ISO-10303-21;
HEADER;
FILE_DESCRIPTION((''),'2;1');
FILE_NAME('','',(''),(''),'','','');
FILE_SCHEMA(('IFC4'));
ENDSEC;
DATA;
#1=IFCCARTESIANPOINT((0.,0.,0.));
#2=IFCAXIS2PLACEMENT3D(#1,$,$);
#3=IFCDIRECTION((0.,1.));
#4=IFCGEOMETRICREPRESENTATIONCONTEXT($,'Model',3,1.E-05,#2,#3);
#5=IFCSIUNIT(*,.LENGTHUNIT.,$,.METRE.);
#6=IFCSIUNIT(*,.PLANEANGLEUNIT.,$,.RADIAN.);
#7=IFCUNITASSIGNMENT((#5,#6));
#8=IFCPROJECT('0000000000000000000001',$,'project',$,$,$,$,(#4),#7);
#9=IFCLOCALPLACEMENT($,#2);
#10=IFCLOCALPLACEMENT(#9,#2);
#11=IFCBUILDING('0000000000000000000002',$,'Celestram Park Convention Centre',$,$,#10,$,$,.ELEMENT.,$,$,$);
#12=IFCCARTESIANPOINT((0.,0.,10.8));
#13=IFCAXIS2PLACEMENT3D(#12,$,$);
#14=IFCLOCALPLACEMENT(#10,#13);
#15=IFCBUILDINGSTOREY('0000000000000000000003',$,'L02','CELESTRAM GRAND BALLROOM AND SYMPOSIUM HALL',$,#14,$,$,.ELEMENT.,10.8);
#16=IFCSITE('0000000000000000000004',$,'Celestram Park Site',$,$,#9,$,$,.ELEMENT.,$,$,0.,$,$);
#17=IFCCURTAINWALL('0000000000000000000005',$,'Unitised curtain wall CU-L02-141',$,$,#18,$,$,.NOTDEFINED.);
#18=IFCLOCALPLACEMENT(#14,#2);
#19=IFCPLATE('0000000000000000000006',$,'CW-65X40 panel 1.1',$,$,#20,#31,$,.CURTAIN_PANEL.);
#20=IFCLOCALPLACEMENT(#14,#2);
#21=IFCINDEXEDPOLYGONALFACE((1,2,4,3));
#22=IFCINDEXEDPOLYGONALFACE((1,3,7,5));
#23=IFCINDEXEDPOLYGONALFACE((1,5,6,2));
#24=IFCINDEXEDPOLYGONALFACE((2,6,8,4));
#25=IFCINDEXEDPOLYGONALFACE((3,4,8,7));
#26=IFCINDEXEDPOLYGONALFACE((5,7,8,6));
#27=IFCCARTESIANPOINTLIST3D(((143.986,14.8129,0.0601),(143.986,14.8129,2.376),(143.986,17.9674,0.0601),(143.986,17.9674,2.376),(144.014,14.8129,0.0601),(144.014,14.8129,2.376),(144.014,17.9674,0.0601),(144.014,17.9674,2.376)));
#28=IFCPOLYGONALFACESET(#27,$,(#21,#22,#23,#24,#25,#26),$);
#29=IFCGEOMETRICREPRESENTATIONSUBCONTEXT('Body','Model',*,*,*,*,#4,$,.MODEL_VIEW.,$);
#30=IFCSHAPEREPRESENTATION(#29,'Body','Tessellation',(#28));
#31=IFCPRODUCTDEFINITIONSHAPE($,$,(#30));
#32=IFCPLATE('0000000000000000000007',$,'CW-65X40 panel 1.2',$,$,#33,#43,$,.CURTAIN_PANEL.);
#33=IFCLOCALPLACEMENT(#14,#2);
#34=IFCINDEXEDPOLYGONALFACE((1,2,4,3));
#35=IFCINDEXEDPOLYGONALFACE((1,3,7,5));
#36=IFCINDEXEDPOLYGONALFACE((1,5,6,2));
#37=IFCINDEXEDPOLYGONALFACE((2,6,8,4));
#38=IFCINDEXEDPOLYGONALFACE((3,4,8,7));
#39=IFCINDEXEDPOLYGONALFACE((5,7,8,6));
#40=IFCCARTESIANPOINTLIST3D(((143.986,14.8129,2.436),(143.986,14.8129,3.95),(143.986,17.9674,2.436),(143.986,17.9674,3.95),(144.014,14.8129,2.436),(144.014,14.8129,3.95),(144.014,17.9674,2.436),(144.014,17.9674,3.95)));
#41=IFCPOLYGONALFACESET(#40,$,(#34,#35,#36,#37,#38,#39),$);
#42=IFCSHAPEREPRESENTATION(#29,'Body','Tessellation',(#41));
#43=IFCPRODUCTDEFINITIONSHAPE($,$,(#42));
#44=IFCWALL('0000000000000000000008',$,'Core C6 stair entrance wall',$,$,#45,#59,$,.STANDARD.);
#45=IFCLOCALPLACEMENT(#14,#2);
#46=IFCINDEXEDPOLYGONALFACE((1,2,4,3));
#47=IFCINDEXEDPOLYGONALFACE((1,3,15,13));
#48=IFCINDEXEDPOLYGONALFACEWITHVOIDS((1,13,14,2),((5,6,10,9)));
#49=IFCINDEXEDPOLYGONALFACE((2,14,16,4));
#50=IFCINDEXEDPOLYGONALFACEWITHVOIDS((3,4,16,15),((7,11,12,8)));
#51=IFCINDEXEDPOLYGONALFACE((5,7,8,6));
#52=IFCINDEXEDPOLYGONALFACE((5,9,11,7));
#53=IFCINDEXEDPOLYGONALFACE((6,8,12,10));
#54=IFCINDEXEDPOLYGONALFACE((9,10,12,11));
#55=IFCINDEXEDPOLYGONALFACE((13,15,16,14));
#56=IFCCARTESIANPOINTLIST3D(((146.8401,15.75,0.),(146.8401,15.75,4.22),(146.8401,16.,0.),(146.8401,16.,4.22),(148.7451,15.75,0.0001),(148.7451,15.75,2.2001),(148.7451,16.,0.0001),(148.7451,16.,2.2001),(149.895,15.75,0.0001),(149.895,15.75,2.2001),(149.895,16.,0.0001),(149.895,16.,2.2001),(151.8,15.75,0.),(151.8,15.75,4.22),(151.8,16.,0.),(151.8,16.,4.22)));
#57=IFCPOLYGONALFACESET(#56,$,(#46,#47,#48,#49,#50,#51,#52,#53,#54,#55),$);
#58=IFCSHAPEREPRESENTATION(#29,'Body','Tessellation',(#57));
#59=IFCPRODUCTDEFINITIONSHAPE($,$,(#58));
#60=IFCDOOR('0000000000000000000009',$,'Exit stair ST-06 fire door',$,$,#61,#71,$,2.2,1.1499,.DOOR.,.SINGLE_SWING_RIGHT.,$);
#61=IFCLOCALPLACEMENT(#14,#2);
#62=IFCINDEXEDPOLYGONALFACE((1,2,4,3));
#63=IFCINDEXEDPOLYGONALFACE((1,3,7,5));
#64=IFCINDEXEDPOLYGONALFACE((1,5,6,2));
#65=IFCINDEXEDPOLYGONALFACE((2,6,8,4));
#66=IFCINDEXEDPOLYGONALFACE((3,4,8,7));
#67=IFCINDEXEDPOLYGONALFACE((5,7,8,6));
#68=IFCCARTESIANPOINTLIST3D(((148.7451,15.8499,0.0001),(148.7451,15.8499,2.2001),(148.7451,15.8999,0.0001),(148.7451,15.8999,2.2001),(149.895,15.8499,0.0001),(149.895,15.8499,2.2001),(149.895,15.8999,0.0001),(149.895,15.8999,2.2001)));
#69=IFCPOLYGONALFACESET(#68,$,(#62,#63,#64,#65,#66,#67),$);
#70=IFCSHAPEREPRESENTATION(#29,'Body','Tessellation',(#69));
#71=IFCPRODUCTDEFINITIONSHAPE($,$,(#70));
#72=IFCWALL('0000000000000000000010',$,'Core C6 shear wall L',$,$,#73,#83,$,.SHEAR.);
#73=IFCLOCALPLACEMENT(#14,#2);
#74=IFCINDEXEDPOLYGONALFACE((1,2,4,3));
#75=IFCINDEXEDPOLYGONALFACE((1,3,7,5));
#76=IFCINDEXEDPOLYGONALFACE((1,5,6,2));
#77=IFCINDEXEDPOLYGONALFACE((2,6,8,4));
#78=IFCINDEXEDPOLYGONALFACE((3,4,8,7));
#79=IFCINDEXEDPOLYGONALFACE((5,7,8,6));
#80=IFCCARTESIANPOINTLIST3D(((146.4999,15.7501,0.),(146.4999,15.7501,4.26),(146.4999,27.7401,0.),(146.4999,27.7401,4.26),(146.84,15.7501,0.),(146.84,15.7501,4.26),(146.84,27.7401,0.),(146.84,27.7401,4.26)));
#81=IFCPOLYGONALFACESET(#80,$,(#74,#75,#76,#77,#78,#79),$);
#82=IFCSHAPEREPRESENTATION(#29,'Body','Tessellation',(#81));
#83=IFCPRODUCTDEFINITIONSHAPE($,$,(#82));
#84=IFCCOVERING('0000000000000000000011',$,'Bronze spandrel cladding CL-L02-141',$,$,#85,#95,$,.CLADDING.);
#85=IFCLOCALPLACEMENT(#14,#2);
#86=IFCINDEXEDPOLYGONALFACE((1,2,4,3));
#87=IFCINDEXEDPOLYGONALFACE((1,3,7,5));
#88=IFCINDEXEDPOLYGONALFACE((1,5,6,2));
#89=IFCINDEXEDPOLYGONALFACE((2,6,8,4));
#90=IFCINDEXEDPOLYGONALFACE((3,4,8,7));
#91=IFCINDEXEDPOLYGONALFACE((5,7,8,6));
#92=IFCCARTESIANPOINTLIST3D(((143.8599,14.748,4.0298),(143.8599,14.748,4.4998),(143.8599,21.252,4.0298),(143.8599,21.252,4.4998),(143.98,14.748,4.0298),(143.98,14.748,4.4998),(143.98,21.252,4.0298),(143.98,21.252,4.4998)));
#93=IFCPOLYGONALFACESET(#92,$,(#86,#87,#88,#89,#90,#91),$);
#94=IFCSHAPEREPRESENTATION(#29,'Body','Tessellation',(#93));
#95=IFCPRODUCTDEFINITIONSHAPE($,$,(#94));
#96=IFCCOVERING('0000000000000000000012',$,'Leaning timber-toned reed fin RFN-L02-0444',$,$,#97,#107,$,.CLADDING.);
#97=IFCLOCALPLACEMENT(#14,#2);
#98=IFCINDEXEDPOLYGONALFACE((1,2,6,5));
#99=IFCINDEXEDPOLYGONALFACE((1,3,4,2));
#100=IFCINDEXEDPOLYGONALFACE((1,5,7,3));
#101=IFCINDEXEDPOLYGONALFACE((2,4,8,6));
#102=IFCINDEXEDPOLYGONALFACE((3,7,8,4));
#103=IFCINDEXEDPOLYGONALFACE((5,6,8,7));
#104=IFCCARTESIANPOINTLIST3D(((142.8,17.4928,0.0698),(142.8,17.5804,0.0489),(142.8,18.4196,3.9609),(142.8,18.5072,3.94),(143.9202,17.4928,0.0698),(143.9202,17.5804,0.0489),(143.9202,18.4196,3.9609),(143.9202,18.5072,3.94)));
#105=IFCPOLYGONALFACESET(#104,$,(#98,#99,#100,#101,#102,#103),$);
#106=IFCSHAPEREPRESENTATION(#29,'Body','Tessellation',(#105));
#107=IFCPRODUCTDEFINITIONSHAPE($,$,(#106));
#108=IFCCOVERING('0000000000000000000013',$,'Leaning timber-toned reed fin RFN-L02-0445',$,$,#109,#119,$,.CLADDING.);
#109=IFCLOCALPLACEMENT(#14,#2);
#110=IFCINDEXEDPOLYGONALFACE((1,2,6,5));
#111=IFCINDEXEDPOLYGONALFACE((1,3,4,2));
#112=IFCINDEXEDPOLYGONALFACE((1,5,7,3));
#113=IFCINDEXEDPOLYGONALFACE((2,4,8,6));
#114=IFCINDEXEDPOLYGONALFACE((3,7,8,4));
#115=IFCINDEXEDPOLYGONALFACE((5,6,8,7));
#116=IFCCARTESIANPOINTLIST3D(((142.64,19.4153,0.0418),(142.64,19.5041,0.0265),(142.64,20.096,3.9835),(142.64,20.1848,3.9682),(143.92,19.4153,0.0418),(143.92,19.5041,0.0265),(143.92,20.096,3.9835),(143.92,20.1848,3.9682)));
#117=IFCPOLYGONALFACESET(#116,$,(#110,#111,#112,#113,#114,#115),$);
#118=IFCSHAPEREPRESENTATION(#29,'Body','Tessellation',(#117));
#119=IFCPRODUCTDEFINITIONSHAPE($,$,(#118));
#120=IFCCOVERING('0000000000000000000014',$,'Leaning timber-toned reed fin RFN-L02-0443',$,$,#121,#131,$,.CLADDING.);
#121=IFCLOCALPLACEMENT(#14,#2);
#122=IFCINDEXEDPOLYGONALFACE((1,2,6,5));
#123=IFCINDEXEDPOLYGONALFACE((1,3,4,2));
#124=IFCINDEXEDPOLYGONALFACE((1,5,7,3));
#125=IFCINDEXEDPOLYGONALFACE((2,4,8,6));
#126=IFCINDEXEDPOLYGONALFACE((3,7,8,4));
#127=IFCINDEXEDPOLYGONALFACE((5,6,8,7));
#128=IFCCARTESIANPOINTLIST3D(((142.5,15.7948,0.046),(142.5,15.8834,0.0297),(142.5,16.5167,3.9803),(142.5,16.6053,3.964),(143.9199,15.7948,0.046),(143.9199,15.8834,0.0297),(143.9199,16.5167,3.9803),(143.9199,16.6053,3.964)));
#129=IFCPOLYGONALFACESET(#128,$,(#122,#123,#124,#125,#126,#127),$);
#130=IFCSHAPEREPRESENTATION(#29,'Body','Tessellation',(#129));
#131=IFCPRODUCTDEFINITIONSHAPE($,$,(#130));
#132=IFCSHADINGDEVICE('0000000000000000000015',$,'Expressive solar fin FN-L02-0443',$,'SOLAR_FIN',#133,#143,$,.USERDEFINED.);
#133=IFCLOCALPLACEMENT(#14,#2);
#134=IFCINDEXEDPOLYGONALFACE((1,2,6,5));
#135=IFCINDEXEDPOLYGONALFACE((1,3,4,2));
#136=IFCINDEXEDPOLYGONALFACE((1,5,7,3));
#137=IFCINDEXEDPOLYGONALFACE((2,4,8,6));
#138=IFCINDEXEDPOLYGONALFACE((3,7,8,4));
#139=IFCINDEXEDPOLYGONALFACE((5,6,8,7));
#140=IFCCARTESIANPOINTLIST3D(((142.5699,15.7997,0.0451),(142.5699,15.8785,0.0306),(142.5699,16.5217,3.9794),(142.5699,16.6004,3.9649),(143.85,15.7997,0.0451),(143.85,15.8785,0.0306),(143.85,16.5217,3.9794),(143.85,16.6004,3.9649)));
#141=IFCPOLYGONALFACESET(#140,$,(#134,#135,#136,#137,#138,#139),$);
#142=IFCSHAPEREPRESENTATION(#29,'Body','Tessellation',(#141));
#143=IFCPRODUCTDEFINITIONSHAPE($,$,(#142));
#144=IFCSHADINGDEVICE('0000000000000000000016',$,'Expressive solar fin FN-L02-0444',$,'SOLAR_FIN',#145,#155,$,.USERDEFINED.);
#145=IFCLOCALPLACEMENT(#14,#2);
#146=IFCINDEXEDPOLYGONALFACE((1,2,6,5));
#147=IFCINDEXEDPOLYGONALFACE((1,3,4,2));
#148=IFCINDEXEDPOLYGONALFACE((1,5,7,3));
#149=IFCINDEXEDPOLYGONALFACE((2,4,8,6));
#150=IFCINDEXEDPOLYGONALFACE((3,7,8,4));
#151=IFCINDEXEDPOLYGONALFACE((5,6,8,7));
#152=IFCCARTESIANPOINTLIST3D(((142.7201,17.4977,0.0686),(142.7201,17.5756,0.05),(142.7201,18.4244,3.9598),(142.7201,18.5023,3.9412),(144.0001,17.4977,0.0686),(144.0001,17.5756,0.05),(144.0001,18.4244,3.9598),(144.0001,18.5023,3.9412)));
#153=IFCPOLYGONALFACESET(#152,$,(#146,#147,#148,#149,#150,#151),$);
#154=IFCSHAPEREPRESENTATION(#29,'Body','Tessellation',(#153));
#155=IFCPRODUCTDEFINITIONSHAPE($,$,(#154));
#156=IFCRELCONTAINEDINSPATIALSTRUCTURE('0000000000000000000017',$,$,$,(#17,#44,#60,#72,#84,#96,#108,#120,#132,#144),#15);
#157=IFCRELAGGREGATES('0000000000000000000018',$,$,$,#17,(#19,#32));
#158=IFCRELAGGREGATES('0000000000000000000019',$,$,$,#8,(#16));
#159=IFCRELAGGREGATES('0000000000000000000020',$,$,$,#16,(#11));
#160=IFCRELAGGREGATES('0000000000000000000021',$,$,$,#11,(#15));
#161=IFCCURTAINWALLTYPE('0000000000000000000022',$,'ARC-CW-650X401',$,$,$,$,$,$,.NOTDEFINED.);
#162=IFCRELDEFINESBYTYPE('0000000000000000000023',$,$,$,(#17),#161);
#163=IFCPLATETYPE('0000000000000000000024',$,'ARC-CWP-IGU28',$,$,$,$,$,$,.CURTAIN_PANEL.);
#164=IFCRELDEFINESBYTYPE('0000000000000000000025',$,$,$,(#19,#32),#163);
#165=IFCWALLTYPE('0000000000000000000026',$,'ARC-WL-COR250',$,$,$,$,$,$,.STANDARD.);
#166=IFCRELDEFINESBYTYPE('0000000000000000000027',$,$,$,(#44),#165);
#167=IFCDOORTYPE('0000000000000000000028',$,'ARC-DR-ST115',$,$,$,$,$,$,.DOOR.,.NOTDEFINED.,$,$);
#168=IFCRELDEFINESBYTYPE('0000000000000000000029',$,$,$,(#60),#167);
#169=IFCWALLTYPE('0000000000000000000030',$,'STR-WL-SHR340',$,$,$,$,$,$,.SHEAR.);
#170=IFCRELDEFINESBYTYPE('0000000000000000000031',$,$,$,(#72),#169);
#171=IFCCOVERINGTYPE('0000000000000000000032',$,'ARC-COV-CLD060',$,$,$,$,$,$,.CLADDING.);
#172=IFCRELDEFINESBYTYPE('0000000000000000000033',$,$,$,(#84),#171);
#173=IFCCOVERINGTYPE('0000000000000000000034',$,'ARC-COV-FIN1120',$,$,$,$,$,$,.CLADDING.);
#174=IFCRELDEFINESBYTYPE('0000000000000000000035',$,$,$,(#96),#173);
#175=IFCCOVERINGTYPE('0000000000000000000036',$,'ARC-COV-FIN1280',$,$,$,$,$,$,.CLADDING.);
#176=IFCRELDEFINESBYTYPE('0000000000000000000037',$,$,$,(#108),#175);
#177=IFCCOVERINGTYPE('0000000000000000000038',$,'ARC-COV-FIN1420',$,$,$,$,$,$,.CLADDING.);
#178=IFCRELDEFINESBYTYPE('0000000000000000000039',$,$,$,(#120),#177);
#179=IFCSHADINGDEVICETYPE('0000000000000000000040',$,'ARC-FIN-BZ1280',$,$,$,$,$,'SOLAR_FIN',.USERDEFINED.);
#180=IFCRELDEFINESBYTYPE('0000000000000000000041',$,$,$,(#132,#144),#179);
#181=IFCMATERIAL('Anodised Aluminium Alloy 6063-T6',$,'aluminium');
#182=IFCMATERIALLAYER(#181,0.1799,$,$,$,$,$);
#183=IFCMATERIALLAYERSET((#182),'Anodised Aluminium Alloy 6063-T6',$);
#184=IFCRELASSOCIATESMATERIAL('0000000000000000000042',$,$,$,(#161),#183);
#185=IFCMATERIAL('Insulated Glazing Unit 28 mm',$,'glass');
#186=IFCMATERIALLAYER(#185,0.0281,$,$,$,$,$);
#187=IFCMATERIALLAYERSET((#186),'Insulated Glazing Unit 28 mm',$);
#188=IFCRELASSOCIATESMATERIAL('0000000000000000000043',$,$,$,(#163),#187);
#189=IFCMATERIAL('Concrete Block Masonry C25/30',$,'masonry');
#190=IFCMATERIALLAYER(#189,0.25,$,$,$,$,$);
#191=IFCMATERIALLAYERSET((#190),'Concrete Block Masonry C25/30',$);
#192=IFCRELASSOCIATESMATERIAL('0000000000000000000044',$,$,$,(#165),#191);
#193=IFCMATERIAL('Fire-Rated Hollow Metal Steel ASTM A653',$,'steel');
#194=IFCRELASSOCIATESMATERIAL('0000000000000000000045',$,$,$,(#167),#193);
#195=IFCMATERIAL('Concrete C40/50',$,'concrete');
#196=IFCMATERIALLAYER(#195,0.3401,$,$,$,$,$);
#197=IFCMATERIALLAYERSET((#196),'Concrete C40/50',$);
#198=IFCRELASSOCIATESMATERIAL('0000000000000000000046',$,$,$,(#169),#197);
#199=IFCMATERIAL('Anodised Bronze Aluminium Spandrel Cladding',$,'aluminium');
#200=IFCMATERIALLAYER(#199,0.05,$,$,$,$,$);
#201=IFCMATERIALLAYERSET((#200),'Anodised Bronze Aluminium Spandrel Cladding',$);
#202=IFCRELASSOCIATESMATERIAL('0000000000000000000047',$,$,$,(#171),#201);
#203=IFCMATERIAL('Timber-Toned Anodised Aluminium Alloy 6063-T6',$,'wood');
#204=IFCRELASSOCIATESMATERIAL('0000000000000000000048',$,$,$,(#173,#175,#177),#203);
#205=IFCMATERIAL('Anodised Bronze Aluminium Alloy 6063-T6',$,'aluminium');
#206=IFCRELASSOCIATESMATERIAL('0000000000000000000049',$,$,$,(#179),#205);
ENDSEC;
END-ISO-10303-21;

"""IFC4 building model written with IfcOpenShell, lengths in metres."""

from ifc_helpers import new_model, si_unit, direction, frame, frame_2d, origin, origin_2d, place, context, subcontext, project, spatial, rectangle, extrude, material, layer, layer_set, material_profile, profile_set, type_object, element, fill, aggregate, save


model = new_model("IFC4")

# Units and contexts
model_context = context("Model", 3, precision=1e-05, world=origin(), true_north=direction((0.0, 1.0)))
body_context = subcontext(model_context, "Body", "Model", "MODEL_VIEW")
ifc_project = project(units=[si_unit("LENGTHUNIT", "METRE"), si_unit("PLANEANGLEUNIT", "RADIAN")], contexts=[model_context])

# Site, building, storey
site_placement = place(None, origin())
site = spatial("IfcSite", under=ifc_project, at=site_placement, Name="Celestram Park Site", CompositionType="ELEMENT", RefElevation=0.0)
building_placement = place(site_placement, origin())
building = spatial("IfcBuilding", under=site, at=building_placement, Name="Celestram Park Convention Centre", CompositionType="ELEMENT")
storey_placement = place(building_placement, frame((0.0, 0.0, 10.8)))
storey = spatial("IfcBuildingStorey", under=building, at=storey_placement, Name="L02", Description="CELESTRAM GRAND BALLROOM AND SYMPOSIUM HALL", CompositionType="ELEMENT", Elevation=10.8)

# Curtain wall
ifc_material_1 = material(Name="Anodised Aluminium Alloy 6063-T6", Category="aluminium")
ifc_layer_1 = layer(ifc_material_1, 0.1799)
ifc_layer_set_1 = layer_set([ifc_layer_1], Name="Anodised Aluminium Alloy 6063-T6")
curtain_wall_type = type_object("IfcCurtainWallType", Name="ARC-CW-650X401", PredefinedType="NOTDEFINED", material=ifc_layer_set_1)
curtain_wall_placement = place(storey_placement, origin())
curtain_wall = element("IfcCurtainWall", 1, at=curtain_wall_placement, inside=storey, type_object=curtain_wall_type, Name="Unitised curtain wall CU-L02-141", PredefinedType="NOTDEFINED")

# Plates
ifc_material_2 = material(Name="Insulated Glazing Unit 28 mm", Category="glass")
ifc_layer_2 = layer(ifc_material_2, 0.0281)
ifc_layer_set_2 = layer_set([ifc_layer_2], Name="Insulated Glazing Unit 28 mm")
plate_type = type_object("IfcPlateType", Name="ARC-CWP-IGU28", PredefinedType="CURTAIN_PANEL", material=ifc_layer_set_2)
plate_1_placement = place(storey_placement, frame((144.0, 16.3901, 0.0601), z_axis=(0.0, 0.0, 1.0), x_axis=(0.0, 1.0, 0.0)))
plate_1 = element("IfcPlate", 2, at=plate_1_placement, type_object=plate_type, Name="CW-65X40 panel 1.1", PredefinedType="CURTAIN_PANEL", context=body_context, shape_type="SweptSolid", body=[
    extrude(rectangle(XDim=3.1545, YDim=0.0281, at=origin_2d()), origin(), (0.0, 0.0, 1.0), 2.3159),
])
plate_2_placement = place(storey_placement, frame((144.0, 16.3901, 2.436), z_axis=(0.0, 0.0, 1.0), x_axis=(0.0, 1.0, 0.0)))
plate_2 = element("IfcPlate", 3, at=plate_2_placement, type_object=plate_type, Name="CW-65X40 panel 1.2", PredefinedType="CURTAIN_PANEL", context=body_context, shape_type="SweptSolid", body=[
    extrude(rectangle(XDim=3.1545, YDim=0.0281, at=origin_2d()), origin(), (0.0, 0.0, 1.0), 1.5139),
])
aggregate(curtain_wall, [plate_1, plate_2])

# Wall, opening, door
ifc_material_3 = material(Name="Concrete Block Masonry C25/30", Category="masonry")
ifc_layer_3 = layer(ifc_material_3, 0.25)
ifc_layer_set_3 = layer_set([ifc_layer_3], Name="Concrete Block Masonry C25/30")
wall_type_1 = type_object("IfcWallType", Name="ARC-WL-COR250", PredefinedType="STANDARD", material=ifc_layer_set_3)
wall_1_placement = place(storey_placement, frame((146.8401, 15.875, 0.0), z_axis=(0.0, 0.0, 1.0), x_axis=(1.0, 0.0, 0.0)))
wall_1 = element("IfcWall", 4, at=wall_1_placement, inside=storey, type_object=wall_type_1, Name="Core C6 stair entrance wall", PredefinedType="STANDARD", context=body_context, shape_type="SweptSolid", body=[
    extrude(rectangle(XDim=4.96, YDim=0.25, at=frame_2d((2.48, 0.0))), origin(), (0.0, 0.0, 1.0), 4.22),
])
opening_placement = place(wall_1_placement, frame((1.905, 0.0, 0.0)))
opening = element("IfcOpeningElement", 5, at=opening_placement, cuts=wall_1, PredefinedType="OPENING", context=body_context, shape_type="SweptSolid", body=[
    extrude(rectangle(XDim=1.1499, YDim=2.2, at=frame_2d((0.575, 1.1001))), frame((0.0, 0.135, 0.0), z_axis=(0.0, -1.0, 0.0), x_axis=(1.0, 0.0, 0.0)), (0.0, 0.0, 1.0), 0.27),
])
ifc_material_4 = material(Name="Fire-Rated Hollow Metal Steel ASTM A653", Category="steel")
door_type = type_object("IfcDoorType", Name="ARC-DR-ST115", OperationType="NOTDEFINED", PredefinedType="DOOR", material=ifc_material_4)
door_placement = place(opening_placement, origin())
door = element("IfcDoor", 6, at=door_placement, inside=storey, type_object=door_type, Name="Exit stair ST-06 fire door", OperationType="SINGLE_SWING_RIGHT", OverallHeight=2.2, OverallWidth=1.1499, PredefinedType="DOOR", context=body_context, shape_type="SweptSolid", body=[
    extrude(rectangle(XDim=1.1499, YDim=2.2, at=frame_2d((0.575, 1.1001))), frame((0.0, 0.0249, 0.0), z_axis=(0.0, -1.0, 0.0), x_axis=(1.0, 0.0, 0.0)), (0.0, 0.0, 1.0), 0.05),
])
fill(opening, door)

# Wall
ifc_material_5 = material(Name="Concrete C40/50", Category="concrete")
ifc_layer_4 = layer(ifc_material_5, 0.3401)
ifc_layer_set_4 = layer_set([ifc_layer_4], Name="Concrete C40/50")
wall_type_2 = type_object("IfcWallType", Name="STR-WL-SHR340", PredefinedType="SHEAR", material=ifc_layer_set_4)
wall_2_placement = place(storey_placement, frame((146.6699, 15.75, 0.0), z_axis=(0.0, 0.0, 1.0), x_axis=(0.0, 1.0, 0.0)))
element("IfcWall", 7, at=wall_2_placement, inside=storey, type_object=wall_type_2, Name="Core C6 shear wall L", PredefinedType="SHEAR", context=body_context, shape_type="SweptSolid", body=[
    extrude(rectangle(XDim=11.99, YDim=0.3401, at=frame_2d((5.9951, 0.0))), origin(), (0.0, 0.0, 1.0), 4.26),
])

# Coverings
ifc_material_6 = material(Name="Anodised Bronze Aluminium Spandrel Cladding", Category="aluminium")
ifc_layer_5 = layer(ifc_material_6, 0.05)
ifc_layer_set_5 = layer_set([ifc_layer_5], Name="Anodised Bronze Aluminium Spandrel Cladding")
covering_type_1 = type_object("IfcCoveringType", Name="ARC-COV-CLD060", PredefinedType="CLADDING", material=ifc_layer_set_5)
covering_1_placement = place(storey_placement, frame((143.9199, 18.0, 4.0298), z_axis=(0.0, 0.0, 1.0), x_axis=(0.0, 1.0, 0.0)))
element("IfcCovering", 8, at=covering_1_placement, inside=storey, type_object=covering_type_1, Name="Bronze spandrel cladding CL-L02-141", PredefinedType="CLADDING", context=body_context, shape_type="SweptSolid", body=[
    extrude(rectangle(XDim=6.5039, YDim=0.1201, at=origin_2d()), origin(), (0.0, 0.0, 1.0), 0.47),
])
ifc_material_7 = material(Name="Timber-Toned Anodised Aluminium Alloy 6063-T6", Category="wood")
ifc_material_profile_1 = material_profile(ifc_material_7, rectangle(XDim=1.1201, YDim=0.0901, at=origin_2d()), Name="REED1120X90")
ifc_profile_set_1 = profile_set([ifc_material_profile_1], Name="Timber-Toned Anodised Aluminium Alloy 6063-T6")
covering_type_2 = type_object("IfcCoveringType", Name="ARC-COV-FIN1120", PredefinedType="CLADDING", material=ifc_profile_set_1)
covering_2_placement = place(storey_placement, frame((143.3601, 17.5366, 0.0593), z_axis=(0.0, 0.231692, 0.972789), x_axis=(-1.0, 0.0, 0.0)))
element("IfcCovering", 9, at=covering_2_placement, inside=storey, type_object=covering_type_2, Name="Leaning timber-toned reed fin RFN-L02-0444", PredefinedType="CLADDING", context=body_context, shape_type="SweptSolid", body=[
    extrude(rectangle(XDim=1.1201, YDim=0.0901, at=origin_2d()), origin(), (0.0, 0.0, 1.0), 4.0),
])
ifc_material_profile_2 = material_profile(ifc_material_7, rectangle(XDim=1.28, YDim=0.0901, at=origin_2d()), Name="REED1280X90")
ifc_profile_set_2 = profile_set([ifc_material_profile_2], Name="Timber-Toned Anodised Aluminium Alloy 6063-T6")
covering_type_3 = type_object("IfcCoveringType", Name="ARC-COV-FIN1280", PredefinedType="CLADDING", material=ifc_profile_set_2)
covering_3_placement = place(storey_placement, frame((143.28, 19.4597, 0.0342), z_axis=(0.0, 0.170166, 0.985415), x_axis=(-1.0, 0.0, 0.0)))
element("IfcCovering", 10, at=covering_3_placement, inside=storey, type_object=covering_type_3, Name="Leaning timber-toned reed fin RFN-L02-0445", PredefinedType="CLADDING", context=body_context, shape_type="SweptSolid", body=[
    extrude(rectangle(XDim=1.28, YDim=0.0901, at=origin_2d()), origin(), (0.0, 0.0, 1.0), 4.0),
])
ifc_material_profile_3 = material_profile(ifc_material_7, rectangle(XDim=1.4199, YDim=0.0901, at=origin_2d()), Name="REED1420X90")
ifc_profile_set_3 = profile_set([ifc_material_profile_3], Name="Timber-Toned Anodised Aluminium Alloy 6063-T6")
covering_type_4 = type_object("IfcCoveringType", Name="ARC-COV-FIN1420", PredefinedType="CLADDING", material=ifc_profile_set_3)
covering_4_placement = place(storey_placement, frame((143.21, 15.8391, 0.0378), z_axis=(0.0, 0.18048, 0.983579), x_axis=(-1.0, 0.0, 0.0)))
element("IfcCovering", 11, at=covering_4_placement, inside=storey, type_object=covering_type_4, Name="Leaning timber-toned reed fin RFN-L02-0443", PredefinedType="CLADDING", context=body_context, shape_type="SweptSolid", body=[
    extrude(rectangle(XDim=1.4199, YDim=0.0901, at=origin_2d()), origin(), (0.0, 0.0, 1.0), 4.0),
])

# Shading devices
ifc_material_8 = material(Name="Anodised Bronze Aluminium Alloy 6063-T6", Category="aluminium")
ifc_material_profile_4 = material_profile(ifc_material_8, rectangle(XDim=1.28, YDim=0.0801, at=origin_2d()), Name="FIN1280X80")
ifc_profile_set_4 = profile_set([ifc_material_profile_4], Name="Anodised Bronze Aluminium Alloy 6063-T6")
shading_device_type = type_object("IfcShadingDeviceType", Name="ARC-FIN-BZ1280", ElementType="SOLAR_FIN", PredefinedType="USERDEFINED", material=ifc_profile_set_4)
for number, where, z_axis, x_axis, name in (
    (12, (143.21, 15.8391, 0.0378), (0.0, 0.18048, 0.983579), (-1.0, 0.0, 0.0), "Expressive solar fin FN-L02-0443"),
    (13, (143.3601, 17.5366, 0.0593), (0.0, 0.231692, 0.972789), (-1.0, 0.0, 0.0), "Expressive solar fin FN-L02-0444"),
):
    element("IfcShadingDevice", number, at=place(storey_placement, frame(where, z_axis=z_axis, x_axis=x_axis)), inside=storey, type_object=shading_device_type, Name=name, ObjectType="SOLAR_FIN", PredefinedType="USERDEFINED", context=body_context, shape_type="SweptSolid", body=[
        extrude(rectangle(XDim=1.28, YDim=0.0801, at=origin_2d()), origin(), (0.0, 0.0, 1.0), 4.0),
    ])

save(model, "model.ifc")
